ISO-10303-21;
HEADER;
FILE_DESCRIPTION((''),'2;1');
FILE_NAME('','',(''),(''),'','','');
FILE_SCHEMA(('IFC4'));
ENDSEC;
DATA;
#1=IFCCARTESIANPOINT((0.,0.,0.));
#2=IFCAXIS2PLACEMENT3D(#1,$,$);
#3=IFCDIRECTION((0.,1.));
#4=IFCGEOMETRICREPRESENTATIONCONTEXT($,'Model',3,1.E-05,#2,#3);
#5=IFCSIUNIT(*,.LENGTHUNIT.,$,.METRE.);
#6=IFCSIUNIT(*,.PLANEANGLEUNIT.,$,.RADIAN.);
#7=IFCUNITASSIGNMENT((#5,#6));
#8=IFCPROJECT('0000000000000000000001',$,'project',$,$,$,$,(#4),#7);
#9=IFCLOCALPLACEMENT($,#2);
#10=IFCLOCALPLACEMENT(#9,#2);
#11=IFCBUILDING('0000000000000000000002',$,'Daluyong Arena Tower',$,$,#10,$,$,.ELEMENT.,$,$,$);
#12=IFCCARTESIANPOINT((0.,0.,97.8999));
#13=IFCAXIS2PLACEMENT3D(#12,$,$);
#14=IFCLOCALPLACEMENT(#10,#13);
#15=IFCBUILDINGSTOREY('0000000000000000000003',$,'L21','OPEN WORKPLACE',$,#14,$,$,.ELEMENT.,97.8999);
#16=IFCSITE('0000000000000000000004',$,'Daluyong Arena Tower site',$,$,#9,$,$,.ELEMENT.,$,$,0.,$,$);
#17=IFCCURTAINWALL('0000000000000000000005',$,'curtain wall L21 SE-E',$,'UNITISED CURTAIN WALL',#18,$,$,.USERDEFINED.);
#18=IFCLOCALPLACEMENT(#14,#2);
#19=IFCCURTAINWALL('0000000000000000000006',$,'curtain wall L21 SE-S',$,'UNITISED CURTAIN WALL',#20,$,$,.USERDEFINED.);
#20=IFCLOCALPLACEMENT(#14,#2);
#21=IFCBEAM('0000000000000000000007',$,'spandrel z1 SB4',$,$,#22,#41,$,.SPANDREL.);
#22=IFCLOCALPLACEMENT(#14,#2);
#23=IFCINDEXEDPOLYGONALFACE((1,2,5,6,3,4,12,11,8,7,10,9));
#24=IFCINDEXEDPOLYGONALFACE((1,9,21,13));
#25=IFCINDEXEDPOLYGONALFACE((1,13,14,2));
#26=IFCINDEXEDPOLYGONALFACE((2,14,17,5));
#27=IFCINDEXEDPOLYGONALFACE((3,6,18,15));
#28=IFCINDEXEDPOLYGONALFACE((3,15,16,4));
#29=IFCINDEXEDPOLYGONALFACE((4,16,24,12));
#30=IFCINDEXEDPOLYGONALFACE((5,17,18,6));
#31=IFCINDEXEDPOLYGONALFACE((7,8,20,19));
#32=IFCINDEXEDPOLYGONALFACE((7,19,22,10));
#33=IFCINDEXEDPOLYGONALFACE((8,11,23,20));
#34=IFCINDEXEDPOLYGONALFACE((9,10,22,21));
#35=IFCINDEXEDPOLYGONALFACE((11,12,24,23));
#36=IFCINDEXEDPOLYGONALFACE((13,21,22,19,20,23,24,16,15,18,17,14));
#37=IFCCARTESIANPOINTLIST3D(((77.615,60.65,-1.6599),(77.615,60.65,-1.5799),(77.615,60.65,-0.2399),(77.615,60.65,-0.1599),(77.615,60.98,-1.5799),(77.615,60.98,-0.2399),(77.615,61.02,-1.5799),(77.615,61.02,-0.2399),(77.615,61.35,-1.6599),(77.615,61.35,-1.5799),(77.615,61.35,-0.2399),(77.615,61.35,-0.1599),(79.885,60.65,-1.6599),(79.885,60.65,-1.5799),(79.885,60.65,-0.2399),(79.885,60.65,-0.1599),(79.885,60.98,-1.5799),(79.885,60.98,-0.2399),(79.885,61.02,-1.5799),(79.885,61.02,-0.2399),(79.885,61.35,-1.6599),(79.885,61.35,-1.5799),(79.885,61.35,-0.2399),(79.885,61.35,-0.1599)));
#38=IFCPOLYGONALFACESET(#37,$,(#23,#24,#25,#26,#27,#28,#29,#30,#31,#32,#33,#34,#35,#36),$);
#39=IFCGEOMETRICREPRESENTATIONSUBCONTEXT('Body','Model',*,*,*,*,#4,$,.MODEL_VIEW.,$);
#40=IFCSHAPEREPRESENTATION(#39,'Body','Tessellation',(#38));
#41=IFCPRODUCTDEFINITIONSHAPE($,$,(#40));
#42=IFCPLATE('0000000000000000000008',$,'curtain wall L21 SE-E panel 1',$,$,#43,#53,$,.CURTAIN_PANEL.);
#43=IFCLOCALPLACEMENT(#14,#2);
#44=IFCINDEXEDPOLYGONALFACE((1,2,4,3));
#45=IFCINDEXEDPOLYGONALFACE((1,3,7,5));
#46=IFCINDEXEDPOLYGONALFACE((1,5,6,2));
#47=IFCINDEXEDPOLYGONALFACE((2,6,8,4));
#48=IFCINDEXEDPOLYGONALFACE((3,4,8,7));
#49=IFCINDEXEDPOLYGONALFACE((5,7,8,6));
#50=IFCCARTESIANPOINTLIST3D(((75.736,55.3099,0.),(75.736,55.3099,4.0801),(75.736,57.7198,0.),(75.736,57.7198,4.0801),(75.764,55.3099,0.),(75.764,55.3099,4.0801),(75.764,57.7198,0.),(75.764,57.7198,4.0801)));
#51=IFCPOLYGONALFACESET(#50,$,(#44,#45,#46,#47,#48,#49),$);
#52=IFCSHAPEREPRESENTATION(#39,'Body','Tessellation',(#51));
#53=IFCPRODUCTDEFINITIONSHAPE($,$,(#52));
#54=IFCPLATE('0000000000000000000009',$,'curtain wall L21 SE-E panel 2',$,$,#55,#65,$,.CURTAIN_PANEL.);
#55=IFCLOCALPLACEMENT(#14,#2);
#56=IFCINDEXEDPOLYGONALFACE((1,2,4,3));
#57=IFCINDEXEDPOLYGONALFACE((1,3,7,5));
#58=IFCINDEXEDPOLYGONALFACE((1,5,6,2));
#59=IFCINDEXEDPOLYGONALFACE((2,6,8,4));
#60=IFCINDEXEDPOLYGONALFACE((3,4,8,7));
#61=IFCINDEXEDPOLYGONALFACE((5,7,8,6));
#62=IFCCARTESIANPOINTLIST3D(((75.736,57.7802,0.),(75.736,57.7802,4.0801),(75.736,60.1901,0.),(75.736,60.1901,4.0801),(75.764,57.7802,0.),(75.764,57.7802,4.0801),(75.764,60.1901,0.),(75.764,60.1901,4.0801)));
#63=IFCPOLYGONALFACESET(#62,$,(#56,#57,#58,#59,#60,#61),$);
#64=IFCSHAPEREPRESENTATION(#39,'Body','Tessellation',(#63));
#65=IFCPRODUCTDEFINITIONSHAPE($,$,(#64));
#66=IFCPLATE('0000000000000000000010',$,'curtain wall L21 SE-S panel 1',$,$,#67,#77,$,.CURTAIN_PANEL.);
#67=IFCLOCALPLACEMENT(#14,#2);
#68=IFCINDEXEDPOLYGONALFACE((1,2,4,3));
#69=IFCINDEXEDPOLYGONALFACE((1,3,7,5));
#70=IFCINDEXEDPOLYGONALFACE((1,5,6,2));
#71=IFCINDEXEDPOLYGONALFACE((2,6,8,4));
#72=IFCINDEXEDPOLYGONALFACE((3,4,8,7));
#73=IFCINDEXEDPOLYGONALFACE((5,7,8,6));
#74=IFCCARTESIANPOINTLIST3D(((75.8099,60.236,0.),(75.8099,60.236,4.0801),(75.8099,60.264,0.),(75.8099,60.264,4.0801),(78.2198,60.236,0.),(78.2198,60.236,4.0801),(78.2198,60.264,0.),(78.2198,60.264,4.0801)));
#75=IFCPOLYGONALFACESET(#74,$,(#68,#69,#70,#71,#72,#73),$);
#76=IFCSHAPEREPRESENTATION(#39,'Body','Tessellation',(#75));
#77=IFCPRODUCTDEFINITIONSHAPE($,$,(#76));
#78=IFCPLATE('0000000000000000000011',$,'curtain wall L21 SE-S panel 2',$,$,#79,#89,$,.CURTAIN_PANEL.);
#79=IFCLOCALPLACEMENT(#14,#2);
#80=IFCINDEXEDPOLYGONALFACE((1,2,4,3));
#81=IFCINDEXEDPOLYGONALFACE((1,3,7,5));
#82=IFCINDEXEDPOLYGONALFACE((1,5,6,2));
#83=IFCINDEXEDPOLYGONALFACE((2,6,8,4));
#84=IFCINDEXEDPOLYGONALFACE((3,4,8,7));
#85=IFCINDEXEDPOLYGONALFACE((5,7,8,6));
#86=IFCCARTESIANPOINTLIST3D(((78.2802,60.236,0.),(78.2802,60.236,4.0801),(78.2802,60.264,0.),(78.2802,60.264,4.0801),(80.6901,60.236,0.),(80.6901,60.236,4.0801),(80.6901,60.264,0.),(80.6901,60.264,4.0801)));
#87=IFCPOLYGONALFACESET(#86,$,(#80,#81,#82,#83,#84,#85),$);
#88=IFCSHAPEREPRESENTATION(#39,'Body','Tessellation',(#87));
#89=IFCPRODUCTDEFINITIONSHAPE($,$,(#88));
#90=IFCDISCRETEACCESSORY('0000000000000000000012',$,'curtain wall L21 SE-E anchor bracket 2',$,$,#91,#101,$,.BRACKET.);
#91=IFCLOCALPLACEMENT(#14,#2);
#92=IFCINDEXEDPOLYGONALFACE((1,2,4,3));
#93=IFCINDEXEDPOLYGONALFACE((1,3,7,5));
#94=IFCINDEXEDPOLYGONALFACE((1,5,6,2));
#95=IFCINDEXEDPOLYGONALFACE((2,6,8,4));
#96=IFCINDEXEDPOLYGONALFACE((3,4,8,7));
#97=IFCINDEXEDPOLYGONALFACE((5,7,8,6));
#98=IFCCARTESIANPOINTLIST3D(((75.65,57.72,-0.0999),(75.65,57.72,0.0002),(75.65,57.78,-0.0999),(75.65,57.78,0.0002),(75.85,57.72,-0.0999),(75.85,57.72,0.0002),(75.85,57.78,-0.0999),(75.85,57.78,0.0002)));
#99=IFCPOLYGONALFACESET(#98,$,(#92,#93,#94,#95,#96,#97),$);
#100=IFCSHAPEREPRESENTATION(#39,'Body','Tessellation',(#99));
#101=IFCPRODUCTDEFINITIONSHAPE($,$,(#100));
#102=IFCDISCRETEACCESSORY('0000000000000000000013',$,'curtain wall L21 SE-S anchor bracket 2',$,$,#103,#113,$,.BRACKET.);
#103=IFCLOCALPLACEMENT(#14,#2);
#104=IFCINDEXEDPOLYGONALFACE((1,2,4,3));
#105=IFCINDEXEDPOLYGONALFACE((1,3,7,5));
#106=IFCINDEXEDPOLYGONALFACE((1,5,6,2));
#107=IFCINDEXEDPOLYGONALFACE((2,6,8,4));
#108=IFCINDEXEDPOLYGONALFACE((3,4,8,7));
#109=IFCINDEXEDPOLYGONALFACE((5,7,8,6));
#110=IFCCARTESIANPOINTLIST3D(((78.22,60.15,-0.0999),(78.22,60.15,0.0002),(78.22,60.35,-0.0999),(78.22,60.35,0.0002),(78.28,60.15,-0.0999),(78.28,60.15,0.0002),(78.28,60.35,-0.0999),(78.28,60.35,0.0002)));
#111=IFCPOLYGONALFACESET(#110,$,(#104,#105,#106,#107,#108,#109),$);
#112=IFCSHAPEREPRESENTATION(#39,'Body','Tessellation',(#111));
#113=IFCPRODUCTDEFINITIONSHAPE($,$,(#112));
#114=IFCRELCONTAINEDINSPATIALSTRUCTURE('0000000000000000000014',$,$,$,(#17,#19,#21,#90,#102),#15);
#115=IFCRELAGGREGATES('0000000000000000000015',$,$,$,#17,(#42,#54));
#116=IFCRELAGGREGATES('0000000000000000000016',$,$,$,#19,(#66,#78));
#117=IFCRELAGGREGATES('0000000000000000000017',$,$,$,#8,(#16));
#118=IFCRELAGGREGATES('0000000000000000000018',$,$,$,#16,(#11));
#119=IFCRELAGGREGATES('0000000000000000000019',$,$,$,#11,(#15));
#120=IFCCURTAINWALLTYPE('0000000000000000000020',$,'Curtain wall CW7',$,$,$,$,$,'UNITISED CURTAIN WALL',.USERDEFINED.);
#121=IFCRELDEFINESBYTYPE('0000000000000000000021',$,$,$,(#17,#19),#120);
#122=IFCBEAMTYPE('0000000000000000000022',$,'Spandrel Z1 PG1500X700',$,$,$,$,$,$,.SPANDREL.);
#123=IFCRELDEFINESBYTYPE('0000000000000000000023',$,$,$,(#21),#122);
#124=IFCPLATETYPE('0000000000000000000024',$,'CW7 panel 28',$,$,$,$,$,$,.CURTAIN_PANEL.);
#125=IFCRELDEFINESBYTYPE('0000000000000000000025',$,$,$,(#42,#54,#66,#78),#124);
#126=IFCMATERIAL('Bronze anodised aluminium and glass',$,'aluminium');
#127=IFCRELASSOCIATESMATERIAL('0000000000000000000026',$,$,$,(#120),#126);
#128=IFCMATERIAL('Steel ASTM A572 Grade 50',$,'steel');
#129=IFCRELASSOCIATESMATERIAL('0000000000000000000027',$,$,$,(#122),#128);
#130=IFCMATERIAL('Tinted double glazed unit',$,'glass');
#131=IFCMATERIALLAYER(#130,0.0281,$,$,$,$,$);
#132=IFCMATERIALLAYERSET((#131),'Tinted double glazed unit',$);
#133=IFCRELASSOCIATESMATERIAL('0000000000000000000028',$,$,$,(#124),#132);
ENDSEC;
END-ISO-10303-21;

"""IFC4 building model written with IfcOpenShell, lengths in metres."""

from ifc_helpers import new_model, si_unit, direction, frame, origin, origin_2d, place, context, subcontext, project, spatial, rectangle, i_section, extrude, material, layer, layer_set, material_profile, profile_set, type_object, element, aggregate, save


model = new_model("IFC4")

# Units and contexts
model_context = context("Model", 3, precision=1e-05, world=origin(), true_north=direction((0.0, 1.0)))
body_context = subcontext(model_context, "Body", "Model", "MODEL_VIEW")
ifc_project = project(units=[si_unit("LENGTHUNIT", "METRE"), si_unit("PLANEANGLEUNIT", "RADIAN")], contexts=[model_context])

# Site, building, storey
site_placement = place(None, origin())
site = spatial("IfcSite", under=ifc_project, at=site_placement, Name="Daluyong Arena Tower site", CompositionType="ELEMENT", RefElevation=0.0)
building_placement = place(site_placement, origin())
building = spatial("IfcBuilding", under=site, at=building_placement, Name="Daluyong Arena Tower", CompositionType="ELEMENT")
storey_placement = place(building_placement, frame((0.0, 0.0, 97.8999)))
storey = spatial("IfcBuildingStorey", under=building, at=storey_placement, Name="L21", Description="OPEN WORKPLACE", CompositionType="ELEMENT", Elevation=97.8999)

# Curtain walls
ifc_material_1 = material(Name="Bronze anodised aluminium and glass", Category="aluminium")
curtain_wall_type_1 = type_object("IfcCurtainWallType", Name="Curtain wall CW7", ElementType="UNITISED CURTAIN WALL", PredefinedType="USERDEFINED", material=ifc_material_1)
curtain_wall_1_placement = place(storey_placement, origin())
curtain_wall_1 = element("IfcCurtainWall", 1, at=curtain_wall_1_placement, inside=storey, type_object=curtain_wall_type_1, Name="curtain wall L21 SE-E", ObjectType="UNITISED CURTAIN WALL", PredefinedType="USERDEFINED")
curtain_wall_2_placement = place(storey_placement, origin())
curtain_wall_2 = element("IfcCurtainWall", 2, at=curtain_wall_2_placement, inside=storey, type_object=curtain_wall_type_1, Name="curtain wall L21 SE-S", ObjectType="UNITISED CURTAIN WALL", PredefinedType="USERDEFINED")

# Beam
ifc_material_2 = material(Name="Steel ASTM A572 Grade 50", Category="steel")
ifc_material_profile_1 = material_profile(ifc_material_2, i_section(OverallWidth=0.7, OverallDepth=1.5, WebThickness=0.04, FlangeThickness=0.08, at=origin_2d()))
ifc_profile_set_1 = profile_set([ifc_material_profile_1], Name="Steel ASTM A572 Grade 50")
beam_type = type_object("IfcBeamType", Name="Spandrel Z1 PG1500X700", PredefinedType="SPANDREL", material=ifc_profile_set_1)
beam_placement = place(storey_placement, frame((77.615, 61.0, -0.9099), z_axis=(1.0, 0.0, 0.0), x_axis=(0.0, 1.0, 0.0)))
element("IfcBeam", 3, at=beam_placement, inside=storey, type_object=beam_type, Name="spandrel z1 SB4", PredefinedType="SPANDREL", context=body_context, shape_type="SweptSolid", body=[
    extrude(i_section(OverallWidth=0.7, OverallDepth=1.5, WebThickness=0.04, FlangeThickness=0.08, at=origin_2d()), origin(), (0.0, 0.0, 1.0), 2.27),
])

# Plates
ifc_material_3 = material(Name="Tinted double glazed unit", Category="glass")
ifc_layer = layer(ifc_material_3, 0.0281)
ifc_layer_set = layer_set([ifc_layer], Name="Tinted double glazed unit")
plate_type = type_object("IfcPlateType", Name="CW7 panel 28", PredefinedType="CURTAIN_PANEL", material=ifc_layer_set)
plate_1_placement = place(storey_placement, frame((75.75, 56.5149, 0.0), z_axis=(0.0, 0.0, 1.0), x_axis=(0.0, 1.0, 0.0)))
plate_1 = element("IfcPlate", 4, at=plate_1_placement, type_object=plate_type, Name="curtain wall L21 SE-E panel 1", PredefinedType="CURTAIN_PANEL", context=body_context, shape_type="SweptSolid", body=[
    extrude(rectangle(XDim=2.4099, YDim=0.0281, at=origin_2d()), origin(), (0.0, 0.0, 1.0), 4.0801),
])
plate_2_placement = place(storey_placement, frame((75.75, 58.9851, 0.0), z_axis=(0.0, 0.0, 1.0), x_axis=(0.0, 1.0, 0.0)))
plate_2 = element("IfcPlate", 5, at=plate_2_placement, type_object=plate_type, Name="curtain wall L21 SE-E panel 2", PredefinedType="CURTAIN_PANEL", context=body_context, shape_type="SweptSolid", body=[
    extrude(rectangle(XDim=2.4099, YDim=0.0281, at=origin_2d()), origin(), (0.0, 0.0, 1.0), 4.0801),
])
aggregate(curtain_wall_1, [plate_1, plate_2])
plate_3_placement = place(storey_placement, frame((77.0149, 60.25, 0.0), z_axis=(0.0, 0.0, 1.0), x_axis=(1.0, 0.0, 0.0)))
plate_3 = element("IfcPlate", 6, at=plate_3_placement, type_object=plate_type, Name="curtain wall L21 SE-S panel 1", PredefinedType="CURTAIN_PANEL", context=body_context, shape_type="SweptSolid", body=[
    extrude(rectangle(XDim=2.4099, YDim=0.0281, at=origin_2d()), origin(), (0.0, 0.0, 1.0), 4.0801),
])
plate_4_placement = place(storey_placement, frame((79.4851, 60.25, 0.0), z_axis=(0.0, 0.0, 1.0), x_axis=(1.0, 0.0, 0.0)))
plate_4 = element("IfcPlate", 7, at=plate_4_placement, type_object=plate_type, Name="curtain wall L21 SE-S panel 2", PredefinedType="CURTAIN_PANEL", context=body_context, shape_type="SweptSolid", body=[
    extrude(rectangle(XDim=2.4099, YDim=0.0281, at=origin_2d()), origin(), (0.0, 0.0, 1.0), 4.0801),
])
aggregate(curtain_wall_2, [plate_3, plate_4])

# Discrete accessories
for number, where, z_axis, x_axis, name in (
    (8, (75.75, 57.75, -0.0999), (0.0, 0.0, 1.0), (0.0, 1.0, 0.0), "curtain wall L21 SE-E anchor bracket 2"),
    (9, (78.25, 60.25, -0.0999), (0.0, 0.0, 1.0), (1.0, 0.0, 0.0), "curtain wall L21 SE-S anchor bracket 2"),
):
    element("IfcDiscreteAccessory", number, at=place(storey_placement, frame(where, z_axis=z_axis, x_axis=x_axis)), inside=storey, Name=name, PredefinedType="BRACKET", context=body_context, shape_type="SweptSolid", body=[
        extrude(rectangle(XDim=0.0601, YDim=0.2, at=origin_2d()), origin(), (0.0, 0.0, 1.0), 0.1001),
    ])

save(model, "model.ifc")
